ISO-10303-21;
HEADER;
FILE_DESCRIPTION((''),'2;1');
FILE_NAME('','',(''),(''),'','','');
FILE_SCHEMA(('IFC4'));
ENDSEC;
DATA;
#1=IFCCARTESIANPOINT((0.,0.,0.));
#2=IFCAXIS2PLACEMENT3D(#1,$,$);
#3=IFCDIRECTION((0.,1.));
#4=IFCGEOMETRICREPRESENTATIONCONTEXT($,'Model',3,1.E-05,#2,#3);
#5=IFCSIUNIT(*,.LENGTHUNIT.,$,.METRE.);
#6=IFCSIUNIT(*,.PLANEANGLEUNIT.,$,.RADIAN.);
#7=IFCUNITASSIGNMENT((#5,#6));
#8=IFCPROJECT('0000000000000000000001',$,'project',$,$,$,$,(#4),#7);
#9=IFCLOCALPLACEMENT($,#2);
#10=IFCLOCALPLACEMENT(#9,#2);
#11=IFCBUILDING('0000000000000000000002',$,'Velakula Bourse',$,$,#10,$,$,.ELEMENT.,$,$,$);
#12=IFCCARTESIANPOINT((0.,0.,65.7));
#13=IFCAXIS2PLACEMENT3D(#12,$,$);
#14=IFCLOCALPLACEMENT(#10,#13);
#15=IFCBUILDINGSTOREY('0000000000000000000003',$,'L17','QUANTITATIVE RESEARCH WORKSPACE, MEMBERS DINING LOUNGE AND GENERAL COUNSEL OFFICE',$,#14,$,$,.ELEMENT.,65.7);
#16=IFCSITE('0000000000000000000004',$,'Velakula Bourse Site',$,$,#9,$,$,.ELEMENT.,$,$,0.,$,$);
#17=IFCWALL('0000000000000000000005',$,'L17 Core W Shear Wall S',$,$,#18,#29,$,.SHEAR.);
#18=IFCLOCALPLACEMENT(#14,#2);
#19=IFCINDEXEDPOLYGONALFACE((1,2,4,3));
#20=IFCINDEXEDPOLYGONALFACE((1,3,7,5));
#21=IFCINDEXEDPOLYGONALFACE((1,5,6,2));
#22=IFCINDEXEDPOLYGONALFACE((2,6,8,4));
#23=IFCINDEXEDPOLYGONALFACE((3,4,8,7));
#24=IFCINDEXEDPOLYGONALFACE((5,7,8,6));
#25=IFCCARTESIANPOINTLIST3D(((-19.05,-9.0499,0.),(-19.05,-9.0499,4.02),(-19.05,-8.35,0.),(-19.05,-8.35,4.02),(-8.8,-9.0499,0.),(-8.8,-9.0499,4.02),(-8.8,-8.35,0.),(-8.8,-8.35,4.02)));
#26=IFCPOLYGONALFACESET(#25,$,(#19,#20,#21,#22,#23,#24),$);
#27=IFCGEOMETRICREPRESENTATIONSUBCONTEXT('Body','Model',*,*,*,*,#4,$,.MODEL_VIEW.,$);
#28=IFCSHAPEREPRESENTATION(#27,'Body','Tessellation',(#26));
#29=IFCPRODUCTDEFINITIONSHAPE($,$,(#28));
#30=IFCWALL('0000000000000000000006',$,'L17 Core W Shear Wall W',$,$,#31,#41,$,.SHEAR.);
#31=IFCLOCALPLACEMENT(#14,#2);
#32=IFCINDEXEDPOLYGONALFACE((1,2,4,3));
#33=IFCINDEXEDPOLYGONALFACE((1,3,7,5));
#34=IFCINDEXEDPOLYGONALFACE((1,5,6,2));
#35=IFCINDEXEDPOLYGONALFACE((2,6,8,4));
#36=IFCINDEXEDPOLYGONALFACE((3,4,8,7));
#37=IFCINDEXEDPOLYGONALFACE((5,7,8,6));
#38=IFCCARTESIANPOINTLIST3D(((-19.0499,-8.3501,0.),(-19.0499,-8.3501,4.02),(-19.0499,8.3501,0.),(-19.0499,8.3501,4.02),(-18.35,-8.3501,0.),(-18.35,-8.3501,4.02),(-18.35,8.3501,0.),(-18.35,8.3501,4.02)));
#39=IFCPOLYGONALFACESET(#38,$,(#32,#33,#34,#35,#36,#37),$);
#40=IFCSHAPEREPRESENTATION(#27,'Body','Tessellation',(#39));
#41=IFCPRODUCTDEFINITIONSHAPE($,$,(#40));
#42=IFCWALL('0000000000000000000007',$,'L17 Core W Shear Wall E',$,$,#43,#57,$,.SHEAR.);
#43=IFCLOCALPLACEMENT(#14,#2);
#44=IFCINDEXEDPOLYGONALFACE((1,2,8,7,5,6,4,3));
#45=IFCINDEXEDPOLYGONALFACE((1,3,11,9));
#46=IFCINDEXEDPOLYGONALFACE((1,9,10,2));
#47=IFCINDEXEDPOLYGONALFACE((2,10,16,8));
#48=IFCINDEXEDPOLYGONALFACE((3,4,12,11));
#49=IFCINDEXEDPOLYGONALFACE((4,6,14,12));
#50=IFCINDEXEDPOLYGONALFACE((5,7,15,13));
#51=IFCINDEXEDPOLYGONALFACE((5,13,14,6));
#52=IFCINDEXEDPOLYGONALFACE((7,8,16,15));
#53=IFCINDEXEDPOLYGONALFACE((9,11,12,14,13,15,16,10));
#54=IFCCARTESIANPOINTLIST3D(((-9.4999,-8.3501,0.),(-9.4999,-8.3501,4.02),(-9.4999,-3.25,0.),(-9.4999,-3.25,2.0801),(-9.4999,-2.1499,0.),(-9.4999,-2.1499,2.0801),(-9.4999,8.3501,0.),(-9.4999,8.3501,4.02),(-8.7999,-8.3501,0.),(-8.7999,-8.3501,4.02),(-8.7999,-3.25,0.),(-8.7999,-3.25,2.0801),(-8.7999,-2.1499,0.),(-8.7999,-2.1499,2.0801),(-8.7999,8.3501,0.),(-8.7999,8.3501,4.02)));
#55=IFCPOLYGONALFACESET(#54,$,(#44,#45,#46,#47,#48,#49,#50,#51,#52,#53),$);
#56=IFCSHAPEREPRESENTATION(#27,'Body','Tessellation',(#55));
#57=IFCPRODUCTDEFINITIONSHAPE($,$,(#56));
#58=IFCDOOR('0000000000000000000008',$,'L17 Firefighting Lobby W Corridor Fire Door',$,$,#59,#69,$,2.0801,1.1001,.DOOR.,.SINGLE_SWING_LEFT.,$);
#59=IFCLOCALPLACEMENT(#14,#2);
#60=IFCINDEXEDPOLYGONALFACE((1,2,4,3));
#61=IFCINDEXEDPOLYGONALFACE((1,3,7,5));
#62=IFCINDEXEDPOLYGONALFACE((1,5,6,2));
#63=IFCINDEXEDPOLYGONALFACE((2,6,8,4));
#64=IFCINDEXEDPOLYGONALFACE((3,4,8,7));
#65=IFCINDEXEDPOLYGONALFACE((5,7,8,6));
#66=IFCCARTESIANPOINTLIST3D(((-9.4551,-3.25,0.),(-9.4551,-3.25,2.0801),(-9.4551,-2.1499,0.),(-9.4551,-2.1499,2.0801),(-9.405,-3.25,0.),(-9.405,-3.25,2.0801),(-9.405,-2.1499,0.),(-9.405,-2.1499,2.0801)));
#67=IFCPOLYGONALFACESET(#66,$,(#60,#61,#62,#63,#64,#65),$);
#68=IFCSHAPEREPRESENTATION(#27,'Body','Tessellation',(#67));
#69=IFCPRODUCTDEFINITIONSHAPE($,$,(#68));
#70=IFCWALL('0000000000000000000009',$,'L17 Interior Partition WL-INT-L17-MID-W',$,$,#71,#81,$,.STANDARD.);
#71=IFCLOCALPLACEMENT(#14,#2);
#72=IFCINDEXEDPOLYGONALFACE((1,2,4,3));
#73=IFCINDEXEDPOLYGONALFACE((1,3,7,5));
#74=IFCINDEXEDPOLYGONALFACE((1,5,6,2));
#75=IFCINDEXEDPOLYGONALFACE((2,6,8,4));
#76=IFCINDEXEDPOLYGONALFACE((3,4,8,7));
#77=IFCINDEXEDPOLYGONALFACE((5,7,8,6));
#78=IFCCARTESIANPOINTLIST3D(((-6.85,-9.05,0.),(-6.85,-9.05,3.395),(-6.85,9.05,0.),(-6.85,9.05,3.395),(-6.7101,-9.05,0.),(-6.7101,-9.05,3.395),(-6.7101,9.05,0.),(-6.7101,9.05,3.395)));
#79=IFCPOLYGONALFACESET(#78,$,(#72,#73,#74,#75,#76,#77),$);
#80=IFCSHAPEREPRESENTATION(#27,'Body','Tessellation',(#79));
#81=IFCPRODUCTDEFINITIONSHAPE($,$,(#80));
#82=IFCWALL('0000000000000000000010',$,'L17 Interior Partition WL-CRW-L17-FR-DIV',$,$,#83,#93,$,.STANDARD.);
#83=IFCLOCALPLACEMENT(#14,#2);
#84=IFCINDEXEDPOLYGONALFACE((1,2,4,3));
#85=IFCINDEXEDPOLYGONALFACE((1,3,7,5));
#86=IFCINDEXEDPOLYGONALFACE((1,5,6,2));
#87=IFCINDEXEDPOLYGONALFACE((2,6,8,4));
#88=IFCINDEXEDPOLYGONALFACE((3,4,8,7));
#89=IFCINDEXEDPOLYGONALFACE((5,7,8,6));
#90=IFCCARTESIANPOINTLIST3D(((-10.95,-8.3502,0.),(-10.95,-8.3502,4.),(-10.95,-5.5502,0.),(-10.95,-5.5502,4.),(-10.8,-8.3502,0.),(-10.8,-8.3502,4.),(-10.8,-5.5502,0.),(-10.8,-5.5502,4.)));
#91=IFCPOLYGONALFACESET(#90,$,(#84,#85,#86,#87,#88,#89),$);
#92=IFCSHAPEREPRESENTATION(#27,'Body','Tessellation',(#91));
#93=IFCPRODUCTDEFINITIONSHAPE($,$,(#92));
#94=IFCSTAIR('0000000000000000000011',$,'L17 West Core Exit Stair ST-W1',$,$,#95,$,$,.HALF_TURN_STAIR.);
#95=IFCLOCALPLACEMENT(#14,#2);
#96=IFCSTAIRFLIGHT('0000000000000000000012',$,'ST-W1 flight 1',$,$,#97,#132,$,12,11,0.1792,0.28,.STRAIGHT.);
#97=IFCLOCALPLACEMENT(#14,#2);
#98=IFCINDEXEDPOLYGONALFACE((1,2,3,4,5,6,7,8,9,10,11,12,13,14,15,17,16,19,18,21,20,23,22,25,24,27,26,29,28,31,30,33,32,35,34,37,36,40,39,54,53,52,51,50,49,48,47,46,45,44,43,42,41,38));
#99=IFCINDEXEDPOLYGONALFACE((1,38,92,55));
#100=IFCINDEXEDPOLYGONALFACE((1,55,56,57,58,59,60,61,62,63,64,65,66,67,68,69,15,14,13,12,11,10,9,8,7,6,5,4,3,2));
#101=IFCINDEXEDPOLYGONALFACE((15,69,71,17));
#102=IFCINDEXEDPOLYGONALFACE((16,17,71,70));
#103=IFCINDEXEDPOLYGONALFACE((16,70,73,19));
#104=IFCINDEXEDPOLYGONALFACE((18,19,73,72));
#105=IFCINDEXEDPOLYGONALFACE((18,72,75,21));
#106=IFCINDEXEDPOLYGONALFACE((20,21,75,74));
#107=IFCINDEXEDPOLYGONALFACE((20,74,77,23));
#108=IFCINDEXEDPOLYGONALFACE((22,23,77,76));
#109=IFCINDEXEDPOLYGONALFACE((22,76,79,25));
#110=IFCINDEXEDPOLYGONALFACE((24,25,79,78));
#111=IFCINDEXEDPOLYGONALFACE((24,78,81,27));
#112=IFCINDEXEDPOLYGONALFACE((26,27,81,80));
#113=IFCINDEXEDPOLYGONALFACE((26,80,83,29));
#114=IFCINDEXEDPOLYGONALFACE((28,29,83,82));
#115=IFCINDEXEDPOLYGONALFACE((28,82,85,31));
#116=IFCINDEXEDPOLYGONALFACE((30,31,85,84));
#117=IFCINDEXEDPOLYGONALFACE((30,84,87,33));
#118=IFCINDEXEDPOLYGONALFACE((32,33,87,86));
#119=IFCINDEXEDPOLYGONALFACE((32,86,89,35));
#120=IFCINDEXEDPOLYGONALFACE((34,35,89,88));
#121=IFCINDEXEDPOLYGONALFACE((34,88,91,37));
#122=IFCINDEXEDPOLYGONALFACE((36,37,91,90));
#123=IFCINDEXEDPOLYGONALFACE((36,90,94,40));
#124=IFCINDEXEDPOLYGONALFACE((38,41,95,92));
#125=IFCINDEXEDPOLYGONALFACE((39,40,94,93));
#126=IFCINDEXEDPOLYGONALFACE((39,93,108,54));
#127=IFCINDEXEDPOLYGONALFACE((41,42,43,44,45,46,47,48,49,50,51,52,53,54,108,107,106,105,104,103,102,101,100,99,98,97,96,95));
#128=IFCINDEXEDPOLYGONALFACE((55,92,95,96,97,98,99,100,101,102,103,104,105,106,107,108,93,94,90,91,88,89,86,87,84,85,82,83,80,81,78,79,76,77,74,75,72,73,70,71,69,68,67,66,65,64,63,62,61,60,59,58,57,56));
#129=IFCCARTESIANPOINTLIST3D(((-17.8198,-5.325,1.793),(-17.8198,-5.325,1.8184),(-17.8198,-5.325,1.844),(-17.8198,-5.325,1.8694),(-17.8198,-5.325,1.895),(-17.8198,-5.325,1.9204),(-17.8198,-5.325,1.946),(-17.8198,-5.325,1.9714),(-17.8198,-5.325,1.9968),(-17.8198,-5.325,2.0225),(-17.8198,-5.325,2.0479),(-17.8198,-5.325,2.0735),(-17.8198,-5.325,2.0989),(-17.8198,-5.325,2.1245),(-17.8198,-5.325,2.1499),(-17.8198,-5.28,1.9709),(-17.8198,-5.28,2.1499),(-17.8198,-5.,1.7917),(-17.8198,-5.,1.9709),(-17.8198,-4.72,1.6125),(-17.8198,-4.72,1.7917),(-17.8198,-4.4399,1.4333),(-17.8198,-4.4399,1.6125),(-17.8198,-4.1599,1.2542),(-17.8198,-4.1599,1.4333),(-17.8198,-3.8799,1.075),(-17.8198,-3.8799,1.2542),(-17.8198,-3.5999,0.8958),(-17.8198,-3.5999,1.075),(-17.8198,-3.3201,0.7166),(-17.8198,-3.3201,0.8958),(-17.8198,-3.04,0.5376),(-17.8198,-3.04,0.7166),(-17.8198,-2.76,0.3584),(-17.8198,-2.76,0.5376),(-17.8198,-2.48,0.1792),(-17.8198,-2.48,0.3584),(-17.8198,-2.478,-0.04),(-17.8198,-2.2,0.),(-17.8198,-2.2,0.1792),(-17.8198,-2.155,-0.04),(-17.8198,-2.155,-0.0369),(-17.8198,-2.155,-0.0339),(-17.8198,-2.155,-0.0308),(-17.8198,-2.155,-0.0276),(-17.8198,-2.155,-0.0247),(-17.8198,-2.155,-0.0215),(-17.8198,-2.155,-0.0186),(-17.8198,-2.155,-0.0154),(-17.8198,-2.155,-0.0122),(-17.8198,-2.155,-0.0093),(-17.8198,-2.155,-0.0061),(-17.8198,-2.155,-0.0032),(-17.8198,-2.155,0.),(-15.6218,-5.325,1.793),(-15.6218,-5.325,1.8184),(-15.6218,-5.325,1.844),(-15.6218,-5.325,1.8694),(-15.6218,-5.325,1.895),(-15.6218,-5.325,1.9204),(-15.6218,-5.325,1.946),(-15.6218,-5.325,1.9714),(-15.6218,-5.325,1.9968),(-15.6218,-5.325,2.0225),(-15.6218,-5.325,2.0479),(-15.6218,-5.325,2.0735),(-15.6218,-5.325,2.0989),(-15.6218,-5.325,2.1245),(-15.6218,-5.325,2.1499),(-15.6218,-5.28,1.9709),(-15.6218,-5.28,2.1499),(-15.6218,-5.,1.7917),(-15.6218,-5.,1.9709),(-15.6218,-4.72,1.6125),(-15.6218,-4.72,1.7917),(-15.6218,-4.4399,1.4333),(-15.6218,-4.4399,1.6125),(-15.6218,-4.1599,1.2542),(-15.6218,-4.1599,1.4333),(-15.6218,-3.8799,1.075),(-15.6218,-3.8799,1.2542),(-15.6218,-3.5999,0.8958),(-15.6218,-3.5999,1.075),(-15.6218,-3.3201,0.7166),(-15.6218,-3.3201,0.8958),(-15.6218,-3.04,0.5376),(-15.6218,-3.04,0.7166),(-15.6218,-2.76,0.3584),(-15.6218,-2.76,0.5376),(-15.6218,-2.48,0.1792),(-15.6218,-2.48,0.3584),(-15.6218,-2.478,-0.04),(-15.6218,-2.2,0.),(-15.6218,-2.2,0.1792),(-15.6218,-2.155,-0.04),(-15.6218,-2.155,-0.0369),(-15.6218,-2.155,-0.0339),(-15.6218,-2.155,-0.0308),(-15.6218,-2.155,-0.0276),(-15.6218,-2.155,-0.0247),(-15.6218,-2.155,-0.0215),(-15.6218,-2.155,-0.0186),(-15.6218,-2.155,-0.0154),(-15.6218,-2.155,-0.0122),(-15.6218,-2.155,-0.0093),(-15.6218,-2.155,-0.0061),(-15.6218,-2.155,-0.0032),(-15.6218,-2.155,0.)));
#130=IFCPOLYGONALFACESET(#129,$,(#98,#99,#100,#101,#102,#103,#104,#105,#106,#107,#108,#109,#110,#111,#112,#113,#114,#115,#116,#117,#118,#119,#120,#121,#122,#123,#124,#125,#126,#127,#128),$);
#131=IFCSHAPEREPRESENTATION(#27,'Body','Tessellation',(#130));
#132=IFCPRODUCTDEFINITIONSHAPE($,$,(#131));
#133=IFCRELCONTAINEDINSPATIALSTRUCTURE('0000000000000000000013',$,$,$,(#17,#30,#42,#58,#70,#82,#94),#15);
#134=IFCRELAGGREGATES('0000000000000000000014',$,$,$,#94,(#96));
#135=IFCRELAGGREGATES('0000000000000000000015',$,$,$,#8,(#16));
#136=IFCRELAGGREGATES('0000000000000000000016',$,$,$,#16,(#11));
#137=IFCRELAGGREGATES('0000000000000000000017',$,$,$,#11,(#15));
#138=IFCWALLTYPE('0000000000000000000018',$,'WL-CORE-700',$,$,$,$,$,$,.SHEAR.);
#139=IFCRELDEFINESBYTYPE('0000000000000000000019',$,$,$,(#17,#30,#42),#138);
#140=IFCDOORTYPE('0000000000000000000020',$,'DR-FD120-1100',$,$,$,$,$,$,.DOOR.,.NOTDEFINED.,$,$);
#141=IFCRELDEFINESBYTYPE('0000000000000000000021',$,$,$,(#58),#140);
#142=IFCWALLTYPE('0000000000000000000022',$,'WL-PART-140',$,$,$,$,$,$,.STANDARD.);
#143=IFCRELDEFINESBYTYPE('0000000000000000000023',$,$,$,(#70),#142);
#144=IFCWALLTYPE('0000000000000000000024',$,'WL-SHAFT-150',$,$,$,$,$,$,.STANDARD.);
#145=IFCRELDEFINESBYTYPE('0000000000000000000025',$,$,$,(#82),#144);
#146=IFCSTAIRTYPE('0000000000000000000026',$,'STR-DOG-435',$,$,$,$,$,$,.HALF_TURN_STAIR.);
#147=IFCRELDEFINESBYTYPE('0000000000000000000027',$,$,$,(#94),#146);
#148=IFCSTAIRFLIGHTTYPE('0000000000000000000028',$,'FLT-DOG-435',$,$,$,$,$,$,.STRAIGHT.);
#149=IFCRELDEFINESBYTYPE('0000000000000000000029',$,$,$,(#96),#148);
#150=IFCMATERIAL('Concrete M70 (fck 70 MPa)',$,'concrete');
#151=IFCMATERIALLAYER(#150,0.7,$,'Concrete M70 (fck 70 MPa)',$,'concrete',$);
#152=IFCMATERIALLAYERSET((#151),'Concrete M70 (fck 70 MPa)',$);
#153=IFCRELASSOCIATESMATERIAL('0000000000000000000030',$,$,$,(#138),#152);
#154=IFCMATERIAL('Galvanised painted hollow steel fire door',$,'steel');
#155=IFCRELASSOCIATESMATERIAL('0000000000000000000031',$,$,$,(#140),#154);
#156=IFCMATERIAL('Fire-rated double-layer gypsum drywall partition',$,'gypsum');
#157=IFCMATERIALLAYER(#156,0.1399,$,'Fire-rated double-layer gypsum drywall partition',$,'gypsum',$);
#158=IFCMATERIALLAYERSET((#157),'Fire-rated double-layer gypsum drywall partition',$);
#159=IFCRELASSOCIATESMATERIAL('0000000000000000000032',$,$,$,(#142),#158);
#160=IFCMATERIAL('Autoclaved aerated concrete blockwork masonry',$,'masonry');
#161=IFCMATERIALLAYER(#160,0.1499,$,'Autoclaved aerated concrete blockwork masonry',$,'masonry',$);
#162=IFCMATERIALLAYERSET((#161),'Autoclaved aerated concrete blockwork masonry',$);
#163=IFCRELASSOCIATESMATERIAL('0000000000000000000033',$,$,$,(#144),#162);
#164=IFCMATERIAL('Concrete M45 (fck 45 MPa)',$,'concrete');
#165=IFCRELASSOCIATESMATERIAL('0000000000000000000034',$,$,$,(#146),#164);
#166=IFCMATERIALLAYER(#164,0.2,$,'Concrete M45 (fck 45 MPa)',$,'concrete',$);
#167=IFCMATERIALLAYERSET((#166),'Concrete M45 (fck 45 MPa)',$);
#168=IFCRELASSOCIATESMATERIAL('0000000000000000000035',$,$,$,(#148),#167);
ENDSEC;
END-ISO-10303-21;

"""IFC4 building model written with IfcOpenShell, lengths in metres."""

from ifc_helpers import new_model, si_unit, direction, frame, frame_2d, origin, place, context, subcontext, project, spatial, polyline, rectangle, outline, extrude, material, layer, layer_set, type_object, element, fill, aggregate, save


model = new_model("IFC4")

# Units and contexts
model_context = context("Model", 3, precision=1e-05, world=origin(), true_north=direction((0.0, 1.0)))
body_context = subcontext(model_context, "Body", "Model", "MODEL_VIEW")
ifc_project = project(units=[si_unit("LENGTHUNIT", "METRE"), si_unit("PLANEANGLEUNIT", "RADIAN")], contexts=[model_context])

# Site, building, storey
site_placement = place(None, origin())
site = spatial("IfcSite", under=ifc_project, at=site_placement, Name="Velakula Bourse Site", CompositionType="ELEMENT", RefElevation=0.0)
building_placement = place(site_placement, origin())
building = spatial("IfcBuilding", under=site, at=building_placement, Name="Velakula Bourse", CompositionType="ELEMENT")
storey_placement = place(building_placement, frame((0.0, 0.0, 65.7)))
storey = spatial("IfcBuildingStorey", under=building, at=storey_placement, Name="L17", Description="QUANTITATIVE RESEARCH WORKSPACE, MEMBERS DINING LOUNGE AND GENERAL COUNSEL OFFICE", CompositionType="ELEMENT", Elevation=65.7)

# Shared definitions
ifc_material_1 = material(Name="Concrete M70 (fck 70 MPa)", Category="concrete")

# Shared definitions
ifc_material_2 = material(Name="Galvanised painted hollow steel fire door", Category="steel")

# Walls
ifc_layer_1 = layer(ifc_material_1, 0.7, Name="Concrete M70 (fck 70 MPa)", Category="concrete")
ifc_layer_set_1 = layer_set([ifc_layer_1], Name="Concrete M70 (fck 70 MPa)")
wall_type_1 = type_object("IfcWallType", Name="WL-CORE-700", PredefinedType="SHEAR", material=ifc_layer_set_1)
wall_1_placement = place(storey_placement, frame((-19.05, -8.7, 0.0), z_axis=(0.0, 0.0, 1.0), x_axis=(1.0, 0.0, 0.0)))
element("IfcWall", 1, at=wall_1_placement, inside=storey, type_object=wall_type_1, Name="L17 Core W Shear Wall S", PredefinedType="SHEAR", context=body_context, shape_type="SweptSolid", body=[
    extrude(rectangle(XDim=10.25, YDim=0.7, at=frame_2d((5.125, 0.0))), origin(), (0.0, 0.0, 1.0), 4.02),
])
wall_2_placement = place(storey_placement, frame((-18.7, -8.3501, 0.0), z_axis=(0.0, 0.0, 1.0), x_axis=(0.0, 1.0, 0.0)))
element("IfcWall", 2, at=wall_2_placement, inside=storey, type_object=wall_type_1, Name="L17 Core W Shear Wall W", PredefinedType="SHEAR", context=body_context, shape_type="SweptSolid", body=[
    extrude(rectangle(XDim=16.7002, YDim=0.7, at=frame_2d((8.3501, 0.0))), origin(), (0.0, 0.0, 1.0), 4.02),
])

# Wall, opening, door
wall_3_placement = place(storey_placement, frame((-9.1499, -8.3501, 0.0), z_axis=(0.0, 0.0, 1.0), x_axis=(0.0, 1.0, 0.0)))
wall_3 = element("IfcWall", 3, at=wall_3_placement, inside=storey, type_object=wall_type_1, Name="L17 Core W Shear Wall E", PredefinedType="SHEAR", context=body_context, shape_type="SweptSolid", body=[
    extrude(rectangle(XDim=16.7002, YDim=0.7, at=frame_2d((8.3501, 0.0))), origin(), (0.0, 0.0, 1.0), 4.02),
])
opening_1_placement = place(wall_3_placement, frame((5.1001, 0.0, 0.0)))
opening_1 = element("IfcOpeningElement", 4, at=opening_1_placement, cuts=wall_3, PredefinedType="OPENING", context=body_context, shape_type="SweptSolid", body=[
    extrude(rectangle(XDim=1.1001, YDim=2.0801, at=frame_2d((0.55, 1.04))), frame((0.0, 0.3599, 0.0), z_axis=(0.0, -1.0, 0.0), x_axis=(1.0, 0.0, 0.0)), (0.0, 0.0, 1.0), 0.72),
])
door_type_1 = type_object("IfcDoorType", Name="DR-FD120-1100", OperationType="NOTDEFINED", PredefinedType="DOOR", material=ifc_material_2)
door_1_placement = place(opening_1_placement, origin())
door_1 = element("IfcDoor", 5, at=door_1_placement, inside=storey, type_object=door_type_1, Name="L17 Firefighting Lobby W Corridor Fire Door", OperationType="SINGLE_SWING_LEFT", OverallHeight=2.0801, OverallWidth=1.1001, PredefinedType="DOOR", context=body_context, shape_type="SweptSolid", body=[
    extrude(rectangle(XDim=1.1001, YDim=2.0801, at=frame_2d((0.55, 1.04))), frame((0.0, 0.3052, 0.0), z_axis=(0.0, -1.0, 0.0), x_axis=(1.0, 0.0, 0.0)), (0.0, 0.0, 1.0), 0.05),
])
fill(opening_1, door_1)

# Wall
ifc_material_3 = material(Name="Fire-rated double-layer gypsum drywall partition", Category="gypsum")
ifc_layer_2 = layer(ifc_material_3, 0.1399, Name="Fire-rated double-layer gypsum drywall partition", Category="gypsum")
ifc_layer_set_2 = layer_set([ifc_layer_2], Name="Fire-rated double-layer gypsum drywall partition")
wall_type_2 = type_object("IfcWallType", Name="WL-PART-140", PredefinedType="STANDARD", material=ifc_layer_set_2)
wall_4_placement = place(storey_placement, frame((-6.78, -9.05, 0.0), z_axis=(0.0, 0.0, 1.0), x_axis=(0.0, 1.0, 0.0)))
element("IfcWall", 6, at=wall_4_placement, inside=storey, type_object=wall_type_2, Name="L17 Interior Partition WL-INT-L17-MID-W", PredefinedType="STANDARD", context=body_context, shape_type="SweptSolid", body=[
    extrude(rectangle(XDim=18.1001, YDim=0.1399, at=frame_2d((9.05, 0.0))), origin(), (0.0, 0.0, 1.0), 3.395),
])

# Shared definitions
ifc_material_4 = material(Name="Autoclaved aerated concrete blockwork masonry", Category="masonry")
ifc_layer_3 = layer(ifc_material_4, 0.1499, Name="Autoclaved aerated concrete blockwork masonry", Category="masonry")
ifc_layer_set_3 = layer_set([ifc_layer_3], Name="Autoclaved aerated concrete blockwork masonry")
wall_type_3 = type_object("IfcWallType", Name="WL-SHAFT-150", PredefinedType="STANDARD", material=ifc_layer_set_3)

# Wall
wall_5_placement = place(storey_placement, frame((-10.875, -8.3501, 0.0), z_axis=(0.0, 0.0, 1.0), x_axis=(0.0, 1.0, 0.0)))
element("IfcWall", 7, at=wall_5_placement, inside=storey, type_object=wall_type_3, Name="L17 Interior Partition WL-CRW-L17-FR-DIV", PredefinedType="STANDARD", context=body_context, shape_type="SweptSolid", body=[
    extrude(rectangle(XDim=2.8, YDim=0.1499, at=frame_2d((1.3999, 0.0))), origin(), (0.0, 0.0, 1.0), 4.0),
])

# Stair, stair flight
ifc_material_5 = material(Name="Concrete M45 (fck 45 MPa)", Category="concrete")
stair_type = type_object("IfcStairType", Name="STR-DOG-435", PredefinedType="HALF_TURN_STAIR", material=ifc_material_5)
stair_placement = place(storey_placement, origin())
stair = element("IfcStair", 8, at=stair_placement, inside=storey, type_object=stair_type, Name="L17 West Core Exit Stair ST-W1", PredefinedType="HALF_TURN_STAIR")
ifc_layer_4 = layer(ifc_material_5, 0.2, Name="Concrete M45 (fck 45 MPa)", Category="concrete")
ifc_layer_set_4 = layer_set([ifc_layer_4], Name="Concrete M45 (fck 45 MPa)")
stair_flight_type = type_object("IfcStairFlightType", Name="FLT-DOG-435", PredefinedType="STRAIGHT", material=ifc_layer_set_4)
stair_flight_1_placement = place(storey_placement, frame((-16.7209, -2.2, 0.0), z_axis=(0.0, 0.0, 1.0), x_axis=(0.0, -1.0, 0.0)))
stair_flight_1 = element("IfcStairFlight", 9, at=stair_flight_1_placement, type_object=stair_flight_type, Name="ST-W1 flight 1", NumberOfRisers=12, NumberOfTreads=11, PredefinedType="STRAIGHT", RiserHeight=0.1792, TreadLength=0.28, context=body_context, shape_type="SweptSolid", body=[
    extrude(outline(polyline([(-0.0449, -0.04), (-0.0449, -0.0369), (-0.0449, -0.0339), (-0.0449, -0.0308), (-0.0449, -0.0276), (-0.0449, -0.0247), (-0.0449, -0.0215), (-0.0449, -0.0186), (-0.0449, -0.0154), (-0.0449, -0.0122), (-0.0449, -0.0093), (-0.0449, -0.0061), (-0.0449, -0.0032), (-0.0449, 0.0), (0.0, 0.0), (0.0, 0.1792), (0.28, 0.1792), (0.28, 0.3584), (0.5601, 0.3584), (0.5601, 0.5376), (0.8401, 0.5376), (0.8401, 0.7166), (1.1201, 0.7166), (1.1201, 0.8958), (1.3999, 0.8958), (1.3999, 1.075), (1.6799, 1.075), (1.6799, 1.2542), (1.96, 1.2542), (1.96, 1.4333), (2.24, 1.4333), (2.24, 1.6125), (2.52, 1.6125), (2.52, 1.7917), (2.8, 1.7917), (2.8, 1.9709), (3.0801, 1.9709), (3.0801, 2.1499), (3.125, 2.1499), (3.125, 2.1245), (3.125, 2.0989), (3.125, 2.0735), (3.125, 2.0479), (3.125, 2.0225), (3.125, 1.9968), (3.125, 1.9714), (3.125, 1.946), (3.125, 1.9204), (3.125, 1.895), (3.125, 1.8694), (3.125, 1.844), (3.125, 1.8184), (3.125, 1.793), (0.2781, -0.04), (-0.0449, -0.04)])), frame((0.0, 1.0991, 0.0), z_axis=(0.0, -1.0, 0.0), x_axis=(1.0, 0.0, 0.0)), (0.0, 0.0, 1.0), 2.198),
])
aggregate(stair, [stair_flight_1])

save(model, "model.ifc")
